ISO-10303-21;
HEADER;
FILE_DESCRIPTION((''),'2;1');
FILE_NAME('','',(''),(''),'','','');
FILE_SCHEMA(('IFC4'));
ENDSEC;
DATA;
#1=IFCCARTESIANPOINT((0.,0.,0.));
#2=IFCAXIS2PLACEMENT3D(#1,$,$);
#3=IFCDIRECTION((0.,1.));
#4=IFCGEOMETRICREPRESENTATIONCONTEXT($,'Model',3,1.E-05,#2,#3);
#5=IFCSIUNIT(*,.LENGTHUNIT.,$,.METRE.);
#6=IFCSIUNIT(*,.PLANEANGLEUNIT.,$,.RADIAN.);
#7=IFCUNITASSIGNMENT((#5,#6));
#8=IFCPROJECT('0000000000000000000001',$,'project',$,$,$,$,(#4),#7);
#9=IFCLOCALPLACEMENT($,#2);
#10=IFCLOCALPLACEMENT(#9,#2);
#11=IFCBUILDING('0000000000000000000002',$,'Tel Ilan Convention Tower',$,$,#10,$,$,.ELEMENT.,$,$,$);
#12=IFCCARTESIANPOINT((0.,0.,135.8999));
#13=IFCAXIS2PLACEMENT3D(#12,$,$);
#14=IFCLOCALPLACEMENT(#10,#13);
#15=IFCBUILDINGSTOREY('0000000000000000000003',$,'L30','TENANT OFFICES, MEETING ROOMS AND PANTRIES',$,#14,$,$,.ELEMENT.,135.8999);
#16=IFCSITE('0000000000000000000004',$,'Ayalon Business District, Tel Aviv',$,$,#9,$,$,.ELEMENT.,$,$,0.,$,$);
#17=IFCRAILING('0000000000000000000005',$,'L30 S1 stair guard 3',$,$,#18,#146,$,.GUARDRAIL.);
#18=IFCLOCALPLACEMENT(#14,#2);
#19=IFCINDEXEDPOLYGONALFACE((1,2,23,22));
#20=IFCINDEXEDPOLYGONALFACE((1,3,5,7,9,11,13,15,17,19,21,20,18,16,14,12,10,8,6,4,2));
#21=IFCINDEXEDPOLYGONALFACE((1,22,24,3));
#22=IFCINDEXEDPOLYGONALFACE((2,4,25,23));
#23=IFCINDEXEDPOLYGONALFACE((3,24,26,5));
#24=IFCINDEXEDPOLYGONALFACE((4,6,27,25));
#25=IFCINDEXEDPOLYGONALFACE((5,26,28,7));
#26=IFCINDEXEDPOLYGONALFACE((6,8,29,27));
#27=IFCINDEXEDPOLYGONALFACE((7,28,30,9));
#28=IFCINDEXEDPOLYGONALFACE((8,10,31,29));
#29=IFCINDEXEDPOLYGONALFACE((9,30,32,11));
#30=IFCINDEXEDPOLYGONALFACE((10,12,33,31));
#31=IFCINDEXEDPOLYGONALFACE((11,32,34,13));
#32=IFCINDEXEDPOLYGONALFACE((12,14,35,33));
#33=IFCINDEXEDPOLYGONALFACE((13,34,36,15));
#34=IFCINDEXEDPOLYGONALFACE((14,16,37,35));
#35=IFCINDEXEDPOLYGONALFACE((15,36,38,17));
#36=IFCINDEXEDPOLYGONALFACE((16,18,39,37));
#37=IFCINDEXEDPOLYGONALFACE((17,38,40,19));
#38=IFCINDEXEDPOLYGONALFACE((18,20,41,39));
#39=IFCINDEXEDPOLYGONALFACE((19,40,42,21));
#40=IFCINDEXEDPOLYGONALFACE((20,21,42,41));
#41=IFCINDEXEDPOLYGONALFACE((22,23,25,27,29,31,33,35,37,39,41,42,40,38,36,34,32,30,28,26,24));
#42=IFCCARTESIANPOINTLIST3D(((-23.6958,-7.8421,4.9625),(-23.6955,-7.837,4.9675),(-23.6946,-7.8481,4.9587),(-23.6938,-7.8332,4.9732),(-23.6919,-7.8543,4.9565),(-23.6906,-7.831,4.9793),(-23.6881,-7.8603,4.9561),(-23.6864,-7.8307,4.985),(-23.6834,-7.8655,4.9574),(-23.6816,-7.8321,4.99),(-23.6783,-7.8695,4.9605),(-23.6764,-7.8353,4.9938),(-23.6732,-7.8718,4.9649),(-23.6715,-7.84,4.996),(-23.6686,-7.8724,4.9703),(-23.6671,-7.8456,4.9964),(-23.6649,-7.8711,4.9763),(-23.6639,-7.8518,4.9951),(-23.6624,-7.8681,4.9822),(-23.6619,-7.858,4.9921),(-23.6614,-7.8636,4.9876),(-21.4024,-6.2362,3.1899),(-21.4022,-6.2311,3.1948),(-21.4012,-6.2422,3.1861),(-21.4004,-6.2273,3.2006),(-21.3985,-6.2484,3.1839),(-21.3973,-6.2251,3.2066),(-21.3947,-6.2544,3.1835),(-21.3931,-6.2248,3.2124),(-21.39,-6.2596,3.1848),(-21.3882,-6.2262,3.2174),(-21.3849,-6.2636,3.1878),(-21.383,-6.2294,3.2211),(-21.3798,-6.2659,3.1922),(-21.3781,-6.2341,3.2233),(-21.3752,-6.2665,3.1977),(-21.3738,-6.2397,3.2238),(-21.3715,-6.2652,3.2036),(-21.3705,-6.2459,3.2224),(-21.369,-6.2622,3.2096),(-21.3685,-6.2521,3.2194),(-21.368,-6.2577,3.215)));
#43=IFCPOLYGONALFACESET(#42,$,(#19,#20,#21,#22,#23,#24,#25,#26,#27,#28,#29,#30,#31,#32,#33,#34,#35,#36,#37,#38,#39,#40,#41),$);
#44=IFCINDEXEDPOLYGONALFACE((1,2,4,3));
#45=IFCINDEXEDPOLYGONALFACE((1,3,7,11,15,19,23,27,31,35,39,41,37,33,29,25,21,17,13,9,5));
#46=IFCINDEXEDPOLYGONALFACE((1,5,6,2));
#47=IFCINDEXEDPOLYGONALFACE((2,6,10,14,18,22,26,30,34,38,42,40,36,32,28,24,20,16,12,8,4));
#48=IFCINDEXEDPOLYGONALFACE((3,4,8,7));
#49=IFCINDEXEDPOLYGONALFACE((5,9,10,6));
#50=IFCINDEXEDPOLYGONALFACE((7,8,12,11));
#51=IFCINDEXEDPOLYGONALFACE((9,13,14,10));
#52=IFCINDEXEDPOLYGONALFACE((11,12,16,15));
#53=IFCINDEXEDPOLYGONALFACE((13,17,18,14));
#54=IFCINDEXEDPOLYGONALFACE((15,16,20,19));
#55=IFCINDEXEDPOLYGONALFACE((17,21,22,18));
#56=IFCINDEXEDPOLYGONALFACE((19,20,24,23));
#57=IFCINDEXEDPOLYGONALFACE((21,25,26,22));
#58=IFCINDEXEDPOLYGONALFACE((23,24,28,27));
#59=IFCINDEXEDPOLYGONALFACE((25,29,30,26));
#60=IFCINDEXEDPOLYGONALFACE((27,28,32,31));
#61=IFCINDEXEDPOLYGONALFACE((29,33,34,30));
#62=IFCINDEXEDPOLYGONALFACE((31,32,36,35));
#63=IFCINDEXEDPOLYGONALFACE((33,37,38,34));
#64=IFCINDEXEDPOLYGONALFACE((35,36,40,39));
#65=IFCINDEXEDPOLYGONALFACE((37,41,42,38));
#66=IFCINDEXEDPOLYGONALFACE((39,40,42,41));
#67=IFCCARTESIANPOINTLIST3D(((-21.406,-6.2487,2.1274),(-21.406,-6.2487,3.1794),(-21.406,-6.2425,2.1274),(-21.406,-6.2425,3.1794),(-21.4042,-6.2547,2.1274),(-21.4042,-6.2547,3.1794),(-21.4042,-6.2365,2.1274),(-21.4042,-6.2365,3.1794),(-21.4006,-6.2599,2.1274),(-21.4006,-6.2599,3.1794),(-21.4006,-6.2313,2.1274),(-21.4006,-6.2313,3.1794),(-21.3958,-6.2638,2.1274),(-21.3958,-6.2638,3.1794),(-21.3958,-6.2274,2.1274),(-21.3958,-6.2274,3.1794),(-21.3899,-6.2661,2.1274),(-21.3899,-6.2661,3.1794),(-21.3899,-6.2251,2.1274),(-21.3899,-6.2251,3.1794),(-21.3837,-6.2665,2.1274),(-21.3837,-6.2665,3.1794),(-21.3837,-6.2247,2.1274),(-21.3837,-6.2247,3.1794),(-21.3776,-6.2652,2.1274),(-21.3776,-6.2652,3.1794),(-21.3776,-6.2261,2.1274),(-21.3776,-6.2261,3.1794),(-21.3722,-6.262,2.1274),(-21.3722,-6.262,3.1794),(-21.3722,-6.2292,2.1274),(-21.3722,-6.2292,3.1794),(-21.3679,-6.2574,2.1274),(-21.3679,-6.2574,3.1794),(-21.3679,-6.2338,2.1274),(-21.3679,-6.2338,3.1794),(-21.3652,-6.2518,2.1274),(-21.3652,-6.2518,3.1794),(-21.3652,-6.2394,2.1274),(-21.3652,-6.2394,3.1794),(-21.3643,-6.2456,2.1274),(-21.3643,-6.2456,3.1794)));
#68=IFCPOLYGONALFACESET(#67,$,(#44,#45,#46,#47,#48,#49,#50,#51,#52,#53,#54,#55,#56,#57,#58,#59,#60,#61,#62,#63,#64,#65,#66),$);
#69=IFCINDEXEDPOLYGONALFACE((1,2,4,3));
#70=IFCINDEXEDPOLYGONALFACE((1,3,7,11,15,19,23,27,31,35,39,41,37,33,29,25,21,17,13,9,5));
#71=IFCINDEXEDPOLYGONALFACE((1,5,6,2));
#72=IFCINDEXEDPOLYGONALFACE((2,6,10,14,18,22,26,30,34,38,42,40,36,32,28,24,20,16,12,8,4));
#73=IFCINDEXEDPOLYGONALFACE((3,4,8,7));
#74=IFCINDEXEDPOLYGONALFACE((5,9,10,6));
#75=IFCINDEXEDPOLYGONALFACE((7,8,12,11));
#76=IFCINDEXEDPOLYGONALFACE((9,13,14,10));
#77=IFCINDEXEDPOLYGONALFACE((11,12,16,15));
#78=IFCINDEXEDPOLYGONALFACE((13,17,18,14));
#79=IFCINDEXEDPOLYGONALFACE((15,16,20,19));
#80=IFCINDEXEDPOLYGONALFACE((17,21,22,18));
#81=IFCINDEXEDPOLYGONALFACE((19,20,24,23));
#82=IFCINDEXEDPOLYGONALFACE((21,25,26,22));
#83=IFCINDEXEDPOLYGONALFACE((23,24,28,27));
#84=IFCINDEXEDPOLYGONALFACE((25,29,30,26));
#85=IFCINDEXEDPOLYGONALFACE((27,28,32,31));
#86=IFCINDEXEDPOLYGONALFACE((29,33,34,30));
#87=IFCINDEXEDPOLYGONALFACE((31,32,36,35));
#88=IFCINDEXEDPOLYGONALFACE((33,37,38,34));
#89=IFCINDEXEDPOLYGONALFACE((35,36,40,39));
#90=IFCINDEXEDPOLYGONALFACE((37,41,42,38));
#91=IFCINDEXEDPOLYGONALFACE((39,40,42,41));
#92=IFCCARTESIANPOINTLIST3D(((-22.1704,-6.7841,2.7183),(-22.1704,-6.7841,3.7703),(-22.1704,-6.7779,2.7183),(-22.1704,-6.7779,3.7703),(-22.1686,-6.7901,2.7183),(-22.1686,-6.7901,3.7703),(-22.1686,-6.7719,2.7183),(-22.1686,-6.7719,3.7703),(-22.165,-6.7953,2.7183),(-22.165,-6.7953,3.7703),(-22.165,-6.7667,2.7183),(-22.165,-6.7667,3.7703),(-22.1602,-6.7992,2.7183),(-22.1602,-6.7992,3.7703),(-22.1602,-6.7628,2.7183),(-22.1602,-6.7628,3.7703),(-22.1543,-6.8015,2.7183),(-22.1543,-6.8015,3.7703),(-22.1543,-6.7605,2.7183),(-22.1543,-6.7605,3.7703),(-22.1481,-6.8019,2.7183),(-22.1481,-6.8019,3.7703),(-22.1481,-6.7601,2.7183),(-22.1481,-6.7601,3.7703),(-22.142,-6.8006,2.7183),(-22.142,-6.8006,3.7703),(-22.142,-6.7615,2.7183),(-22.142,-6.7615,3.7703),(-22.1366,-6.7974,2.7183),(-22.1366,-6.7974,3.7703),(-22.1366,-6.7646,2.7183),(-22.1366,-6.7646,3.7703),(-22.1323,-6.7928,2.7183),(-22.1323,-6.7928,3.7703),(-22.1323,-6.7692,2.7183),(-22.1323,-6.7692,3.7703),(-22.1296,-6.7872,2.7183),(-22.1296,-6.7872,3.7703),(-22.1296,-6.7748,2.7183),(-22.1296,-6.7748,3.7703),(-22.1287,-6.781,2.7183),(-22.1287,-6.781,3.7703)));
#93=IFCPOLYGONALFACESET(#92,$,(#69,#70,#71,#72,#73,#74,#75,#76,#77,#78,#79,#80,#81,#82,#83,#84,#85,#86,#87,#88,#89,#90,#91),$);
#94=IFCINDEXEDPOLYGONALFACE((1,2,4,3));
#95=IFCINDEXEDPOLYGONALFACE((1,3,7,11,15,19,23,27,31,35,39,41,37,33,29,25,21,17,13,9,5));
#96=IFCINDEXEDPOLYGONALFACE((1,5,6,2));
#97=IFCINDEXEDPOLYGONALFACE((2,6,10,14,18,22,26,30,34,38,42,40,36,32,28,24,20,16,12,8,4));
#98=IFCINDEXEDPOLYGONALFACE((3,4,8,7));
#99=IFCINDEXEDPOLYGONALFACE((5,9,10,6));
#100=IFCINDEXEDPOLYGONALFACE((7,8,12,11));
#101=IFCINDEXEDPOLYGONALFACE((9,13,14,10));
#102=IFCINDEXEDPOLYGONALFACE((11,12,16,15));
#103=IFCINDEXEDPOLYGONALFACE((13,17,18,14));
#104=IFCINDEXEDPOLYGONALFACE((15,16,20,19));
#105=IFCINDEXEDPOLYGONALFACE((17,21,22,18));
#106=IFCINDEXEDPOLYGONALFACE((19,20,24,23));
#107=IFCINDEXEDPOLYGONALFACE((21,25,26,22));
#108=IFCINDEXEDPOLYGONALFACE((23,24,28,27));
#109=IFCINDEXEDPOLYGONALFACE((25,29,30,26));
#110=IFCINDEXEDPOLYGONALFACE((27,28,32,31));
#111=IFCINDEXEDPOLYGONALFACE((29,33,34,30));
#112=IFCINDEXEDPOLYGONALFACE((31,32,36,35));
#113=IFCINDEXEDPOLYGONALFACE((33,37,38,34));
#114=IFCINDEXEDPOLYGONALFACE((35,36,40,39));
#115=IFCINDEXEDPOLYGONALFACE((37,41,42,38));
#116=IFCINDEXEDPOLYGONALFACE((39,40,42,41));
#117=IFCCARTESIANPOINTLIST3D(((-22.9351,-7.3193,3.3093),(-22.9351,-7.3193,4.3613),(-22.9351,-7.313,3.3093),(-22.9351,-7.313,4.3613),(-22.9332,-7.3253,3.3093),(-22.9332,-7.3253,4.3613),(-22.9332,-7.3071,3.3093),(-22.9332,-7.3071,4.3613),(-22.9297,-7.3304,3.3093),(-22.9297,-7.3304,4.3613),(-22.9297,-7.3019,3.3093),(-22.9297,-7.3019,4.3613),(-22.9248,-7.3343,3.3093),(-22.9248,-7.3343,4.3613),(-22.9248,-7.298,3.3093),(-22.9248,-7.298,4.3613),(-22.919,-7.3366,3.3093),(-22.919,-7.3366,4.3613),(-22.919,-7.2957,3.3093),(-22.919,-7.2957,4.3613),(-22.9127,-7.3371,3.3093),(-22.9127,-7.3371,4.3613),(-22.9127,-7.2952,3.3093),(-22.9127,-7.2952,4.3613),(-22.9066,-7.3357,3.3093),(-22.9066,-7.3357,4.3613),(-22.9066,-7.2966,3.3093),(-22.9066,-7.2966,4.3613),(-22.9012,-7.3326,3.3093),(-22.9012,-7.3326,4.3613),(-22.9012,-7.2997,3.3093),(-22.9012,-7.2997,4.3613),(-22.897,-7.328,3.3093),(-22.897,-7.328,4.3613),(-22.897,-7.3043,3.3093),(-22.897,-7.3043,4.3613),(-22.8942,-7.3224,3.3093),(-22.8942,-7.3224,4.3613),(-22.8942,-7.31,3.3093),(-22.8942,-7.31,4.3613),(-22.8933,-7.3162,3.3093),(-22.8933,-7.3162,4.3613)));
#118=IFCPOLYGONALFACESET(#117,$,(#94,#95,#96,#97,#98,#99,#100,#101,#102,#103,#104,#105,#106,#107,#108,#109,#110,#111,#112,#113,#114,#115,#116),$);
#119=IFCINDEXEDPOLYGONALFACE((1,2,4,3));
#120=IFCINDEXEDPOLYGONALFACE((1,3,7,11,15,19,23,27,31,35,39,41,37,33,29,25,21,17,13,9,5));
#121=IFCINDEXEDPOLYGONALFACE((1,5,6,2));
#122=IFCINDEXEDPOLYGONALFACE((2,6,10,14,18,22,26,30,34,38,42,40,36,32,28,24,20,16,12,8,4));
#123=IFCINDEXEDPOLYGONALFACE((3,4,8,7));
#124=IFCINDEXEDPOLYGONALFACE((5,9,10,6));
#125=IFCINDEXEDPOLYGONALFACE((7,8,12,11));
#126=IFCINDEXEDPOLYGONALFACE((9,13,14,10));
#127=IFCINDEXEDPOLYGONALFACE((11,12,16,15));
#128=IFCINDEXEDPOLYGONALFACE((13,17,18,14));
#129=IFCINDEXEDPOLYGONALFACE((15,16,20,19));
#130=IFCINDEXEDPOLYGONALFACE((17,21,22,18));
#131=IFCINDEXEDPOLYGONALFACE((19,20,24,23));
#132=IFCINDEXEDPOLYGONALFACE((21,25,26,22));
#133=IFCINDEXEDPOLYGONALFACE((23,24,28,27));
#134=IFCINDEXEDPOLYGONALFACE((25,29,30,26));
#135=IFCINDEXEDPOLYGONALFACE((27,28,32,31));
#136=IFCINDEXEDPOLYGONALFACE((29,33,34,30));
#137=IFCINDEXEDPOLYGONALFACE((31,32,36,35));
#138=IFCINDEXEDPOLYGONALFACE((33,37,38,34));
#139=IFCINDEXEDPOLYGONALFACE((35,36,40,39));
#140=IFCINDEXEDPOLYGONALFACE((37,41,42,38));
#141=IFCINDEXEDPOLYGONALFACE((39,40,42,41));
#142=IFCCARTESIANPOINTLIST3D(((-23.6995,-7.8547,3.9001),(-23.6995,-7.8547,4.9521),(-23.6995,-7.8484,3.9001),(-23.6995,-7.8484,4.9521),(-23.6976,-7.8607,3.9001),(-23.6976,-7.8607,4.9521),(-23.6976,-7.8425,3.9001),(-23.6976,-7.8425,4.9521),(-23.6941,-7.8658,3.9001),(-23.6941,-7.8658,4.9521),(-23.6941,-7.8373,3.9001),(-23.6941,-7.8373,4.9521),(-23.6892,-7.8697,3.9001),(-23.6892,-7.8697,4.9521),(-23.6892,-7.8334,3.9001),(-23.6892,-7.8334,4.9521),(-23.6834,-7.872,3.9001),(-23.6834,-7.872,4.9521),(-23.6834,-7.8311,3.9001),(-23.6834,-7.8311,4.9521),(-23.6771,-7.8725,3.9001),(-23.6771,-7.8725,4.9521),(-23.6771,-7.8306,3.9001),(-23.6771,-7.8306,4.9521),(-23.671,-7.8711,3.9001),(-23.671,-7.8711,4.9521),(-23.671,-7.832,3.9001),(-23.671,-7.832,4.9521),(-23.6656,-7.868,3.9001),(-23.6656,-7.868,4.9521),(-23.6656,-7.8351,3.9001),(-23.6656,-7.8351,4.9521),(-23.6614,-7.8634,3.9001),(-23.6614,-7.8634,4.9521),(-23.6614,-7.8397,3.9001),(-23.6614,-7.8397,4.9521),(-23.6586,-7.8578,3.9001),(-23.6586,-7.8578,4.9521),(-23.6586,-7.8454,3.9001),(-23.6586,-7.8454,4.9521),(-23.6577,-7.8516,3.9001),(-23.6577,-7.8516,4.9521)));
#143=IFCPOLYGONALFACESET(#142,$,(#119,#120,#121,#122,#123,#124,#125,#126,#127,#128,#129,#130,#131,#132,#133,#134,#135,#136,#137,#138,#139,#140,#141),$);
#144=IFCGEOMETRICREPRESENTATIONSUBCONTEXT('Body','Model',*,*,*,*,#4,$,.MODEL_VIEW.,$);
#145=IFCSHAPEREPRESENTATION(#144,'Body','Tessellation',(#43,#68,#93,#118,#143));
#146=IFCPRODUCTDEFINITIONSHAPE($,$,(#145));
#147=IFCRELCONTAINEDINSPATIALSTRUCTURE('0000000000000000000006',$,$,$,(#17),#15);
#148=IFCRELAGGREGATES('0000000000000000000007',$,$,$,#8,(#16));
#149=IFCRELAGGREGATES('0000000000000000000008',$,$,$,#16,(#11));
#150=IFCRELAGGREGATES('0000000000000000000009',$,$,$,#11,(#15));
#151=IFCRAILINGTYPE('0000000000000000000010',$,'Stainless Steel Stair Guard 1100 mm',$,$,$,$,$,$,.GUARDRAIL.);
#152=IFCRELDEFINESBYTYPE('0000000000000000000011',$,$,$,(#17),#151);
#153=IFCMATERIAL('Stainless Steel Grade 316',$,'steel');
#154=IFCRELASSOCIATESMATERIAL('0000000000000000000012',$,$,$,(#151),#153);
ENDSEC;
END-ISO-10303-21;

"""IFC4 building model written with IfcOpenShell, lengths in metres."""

from ifc_helpers import new_model, si_unit, direction, frame, origin, origin_2d, place, context, subcontext, project, spatial, circle, extrude, material, type_object, element, save


model = new_model("IFC4")

# Units and contexts
model_context = context("Model", 3, precision=1e-05, world=origin(), true_north=direction((0.0, 1.0)))
body_context = subcontext(model_context, "Body", "Model", "MODEL_VIEW")
ifc_project = project(units=[si_unit("LENGTHUNIT", "METRE"), si_unit("PLANEANGLEUNIT", "RADIAN")], contexts=[model_context])

# Site, building, storey
site_placement = place(None, origin())
site = spatial("IfcSite", under=ifc_project, at=site_placement, Name="Ayalon Business District, Tel Aviv", CompositionType="ELEMENT", RefElevation=0.0)
building_placement = place(site_placement, origin())
building = spatial("IfcBuilding", under=site, at=building_placement, Name="Tel Ilan Convention Tower", CompositionType="ELEMENT")
storey_placement = place(building_placement, frame((0.0, 0.0, 135.8999)))
storey = spatial("IfcBuildingStorey", under=building, at=storey_placement, Name="L30", Description="TENANT OFFICES, MEETING ROOMS AND PANTRIES", CompositionType="ELEMENT", Elevation=135.8999)

# Railing
ifc_material_1 = material(Name="Stainless Steel Grade 316", Category="steel")
railing_type_1 = type_object("IfcRailingType", Name="Stainless Steel Stair Guard 1100 mm", PredefinedType="GUARDRAIL", material=ifc_material_1)
railing_1_placement = place(storey_placement, frame((-21.3853, -6.2456, 2.1274)))
element("IfcRailing", 1, at=railing_1_placement, inside=storey, type_object=railing_type_1, Name="L30 S1 stair guard 3", PredefinedType="GUARDRAIL", context=body_context, shape_type="SweptSolid", body=[
    extrude(circle(Radius=0.0239, at=origin_2d()), frame((0.0, 0.0, 1.0762), z_axis=(-0.692085, -0.484621, 0.53494), x_axis=(0.573591, -0.819142, 0.0)), (0.0, 0.0, 1.0), 3.3137),
    extrude(circle(Radius=0.021, at=origin_2d()), origin(), (0.0, 0.0, 1.0), 1.052),
    extrude(circle(Radius=0.021, at=origin_2d()), frame((-0.7644, -0.5354, 0.5908)), (0.0, 0.0, 1.0), 1.052),
    extrude(circle(Radius=0.021, at=origin_2d()), frame((-1.5291, -1.0706, 1.1819)), (0.0, 0.0, 1.0), 1.052),
    extrude(circle(Radius=0.021, at=origin_2d()), frame((-2.2935, -1.606, 1.7727)), (0.0, 0.0, 1.0), 1.052),
])

save(model, "model.ifc")
